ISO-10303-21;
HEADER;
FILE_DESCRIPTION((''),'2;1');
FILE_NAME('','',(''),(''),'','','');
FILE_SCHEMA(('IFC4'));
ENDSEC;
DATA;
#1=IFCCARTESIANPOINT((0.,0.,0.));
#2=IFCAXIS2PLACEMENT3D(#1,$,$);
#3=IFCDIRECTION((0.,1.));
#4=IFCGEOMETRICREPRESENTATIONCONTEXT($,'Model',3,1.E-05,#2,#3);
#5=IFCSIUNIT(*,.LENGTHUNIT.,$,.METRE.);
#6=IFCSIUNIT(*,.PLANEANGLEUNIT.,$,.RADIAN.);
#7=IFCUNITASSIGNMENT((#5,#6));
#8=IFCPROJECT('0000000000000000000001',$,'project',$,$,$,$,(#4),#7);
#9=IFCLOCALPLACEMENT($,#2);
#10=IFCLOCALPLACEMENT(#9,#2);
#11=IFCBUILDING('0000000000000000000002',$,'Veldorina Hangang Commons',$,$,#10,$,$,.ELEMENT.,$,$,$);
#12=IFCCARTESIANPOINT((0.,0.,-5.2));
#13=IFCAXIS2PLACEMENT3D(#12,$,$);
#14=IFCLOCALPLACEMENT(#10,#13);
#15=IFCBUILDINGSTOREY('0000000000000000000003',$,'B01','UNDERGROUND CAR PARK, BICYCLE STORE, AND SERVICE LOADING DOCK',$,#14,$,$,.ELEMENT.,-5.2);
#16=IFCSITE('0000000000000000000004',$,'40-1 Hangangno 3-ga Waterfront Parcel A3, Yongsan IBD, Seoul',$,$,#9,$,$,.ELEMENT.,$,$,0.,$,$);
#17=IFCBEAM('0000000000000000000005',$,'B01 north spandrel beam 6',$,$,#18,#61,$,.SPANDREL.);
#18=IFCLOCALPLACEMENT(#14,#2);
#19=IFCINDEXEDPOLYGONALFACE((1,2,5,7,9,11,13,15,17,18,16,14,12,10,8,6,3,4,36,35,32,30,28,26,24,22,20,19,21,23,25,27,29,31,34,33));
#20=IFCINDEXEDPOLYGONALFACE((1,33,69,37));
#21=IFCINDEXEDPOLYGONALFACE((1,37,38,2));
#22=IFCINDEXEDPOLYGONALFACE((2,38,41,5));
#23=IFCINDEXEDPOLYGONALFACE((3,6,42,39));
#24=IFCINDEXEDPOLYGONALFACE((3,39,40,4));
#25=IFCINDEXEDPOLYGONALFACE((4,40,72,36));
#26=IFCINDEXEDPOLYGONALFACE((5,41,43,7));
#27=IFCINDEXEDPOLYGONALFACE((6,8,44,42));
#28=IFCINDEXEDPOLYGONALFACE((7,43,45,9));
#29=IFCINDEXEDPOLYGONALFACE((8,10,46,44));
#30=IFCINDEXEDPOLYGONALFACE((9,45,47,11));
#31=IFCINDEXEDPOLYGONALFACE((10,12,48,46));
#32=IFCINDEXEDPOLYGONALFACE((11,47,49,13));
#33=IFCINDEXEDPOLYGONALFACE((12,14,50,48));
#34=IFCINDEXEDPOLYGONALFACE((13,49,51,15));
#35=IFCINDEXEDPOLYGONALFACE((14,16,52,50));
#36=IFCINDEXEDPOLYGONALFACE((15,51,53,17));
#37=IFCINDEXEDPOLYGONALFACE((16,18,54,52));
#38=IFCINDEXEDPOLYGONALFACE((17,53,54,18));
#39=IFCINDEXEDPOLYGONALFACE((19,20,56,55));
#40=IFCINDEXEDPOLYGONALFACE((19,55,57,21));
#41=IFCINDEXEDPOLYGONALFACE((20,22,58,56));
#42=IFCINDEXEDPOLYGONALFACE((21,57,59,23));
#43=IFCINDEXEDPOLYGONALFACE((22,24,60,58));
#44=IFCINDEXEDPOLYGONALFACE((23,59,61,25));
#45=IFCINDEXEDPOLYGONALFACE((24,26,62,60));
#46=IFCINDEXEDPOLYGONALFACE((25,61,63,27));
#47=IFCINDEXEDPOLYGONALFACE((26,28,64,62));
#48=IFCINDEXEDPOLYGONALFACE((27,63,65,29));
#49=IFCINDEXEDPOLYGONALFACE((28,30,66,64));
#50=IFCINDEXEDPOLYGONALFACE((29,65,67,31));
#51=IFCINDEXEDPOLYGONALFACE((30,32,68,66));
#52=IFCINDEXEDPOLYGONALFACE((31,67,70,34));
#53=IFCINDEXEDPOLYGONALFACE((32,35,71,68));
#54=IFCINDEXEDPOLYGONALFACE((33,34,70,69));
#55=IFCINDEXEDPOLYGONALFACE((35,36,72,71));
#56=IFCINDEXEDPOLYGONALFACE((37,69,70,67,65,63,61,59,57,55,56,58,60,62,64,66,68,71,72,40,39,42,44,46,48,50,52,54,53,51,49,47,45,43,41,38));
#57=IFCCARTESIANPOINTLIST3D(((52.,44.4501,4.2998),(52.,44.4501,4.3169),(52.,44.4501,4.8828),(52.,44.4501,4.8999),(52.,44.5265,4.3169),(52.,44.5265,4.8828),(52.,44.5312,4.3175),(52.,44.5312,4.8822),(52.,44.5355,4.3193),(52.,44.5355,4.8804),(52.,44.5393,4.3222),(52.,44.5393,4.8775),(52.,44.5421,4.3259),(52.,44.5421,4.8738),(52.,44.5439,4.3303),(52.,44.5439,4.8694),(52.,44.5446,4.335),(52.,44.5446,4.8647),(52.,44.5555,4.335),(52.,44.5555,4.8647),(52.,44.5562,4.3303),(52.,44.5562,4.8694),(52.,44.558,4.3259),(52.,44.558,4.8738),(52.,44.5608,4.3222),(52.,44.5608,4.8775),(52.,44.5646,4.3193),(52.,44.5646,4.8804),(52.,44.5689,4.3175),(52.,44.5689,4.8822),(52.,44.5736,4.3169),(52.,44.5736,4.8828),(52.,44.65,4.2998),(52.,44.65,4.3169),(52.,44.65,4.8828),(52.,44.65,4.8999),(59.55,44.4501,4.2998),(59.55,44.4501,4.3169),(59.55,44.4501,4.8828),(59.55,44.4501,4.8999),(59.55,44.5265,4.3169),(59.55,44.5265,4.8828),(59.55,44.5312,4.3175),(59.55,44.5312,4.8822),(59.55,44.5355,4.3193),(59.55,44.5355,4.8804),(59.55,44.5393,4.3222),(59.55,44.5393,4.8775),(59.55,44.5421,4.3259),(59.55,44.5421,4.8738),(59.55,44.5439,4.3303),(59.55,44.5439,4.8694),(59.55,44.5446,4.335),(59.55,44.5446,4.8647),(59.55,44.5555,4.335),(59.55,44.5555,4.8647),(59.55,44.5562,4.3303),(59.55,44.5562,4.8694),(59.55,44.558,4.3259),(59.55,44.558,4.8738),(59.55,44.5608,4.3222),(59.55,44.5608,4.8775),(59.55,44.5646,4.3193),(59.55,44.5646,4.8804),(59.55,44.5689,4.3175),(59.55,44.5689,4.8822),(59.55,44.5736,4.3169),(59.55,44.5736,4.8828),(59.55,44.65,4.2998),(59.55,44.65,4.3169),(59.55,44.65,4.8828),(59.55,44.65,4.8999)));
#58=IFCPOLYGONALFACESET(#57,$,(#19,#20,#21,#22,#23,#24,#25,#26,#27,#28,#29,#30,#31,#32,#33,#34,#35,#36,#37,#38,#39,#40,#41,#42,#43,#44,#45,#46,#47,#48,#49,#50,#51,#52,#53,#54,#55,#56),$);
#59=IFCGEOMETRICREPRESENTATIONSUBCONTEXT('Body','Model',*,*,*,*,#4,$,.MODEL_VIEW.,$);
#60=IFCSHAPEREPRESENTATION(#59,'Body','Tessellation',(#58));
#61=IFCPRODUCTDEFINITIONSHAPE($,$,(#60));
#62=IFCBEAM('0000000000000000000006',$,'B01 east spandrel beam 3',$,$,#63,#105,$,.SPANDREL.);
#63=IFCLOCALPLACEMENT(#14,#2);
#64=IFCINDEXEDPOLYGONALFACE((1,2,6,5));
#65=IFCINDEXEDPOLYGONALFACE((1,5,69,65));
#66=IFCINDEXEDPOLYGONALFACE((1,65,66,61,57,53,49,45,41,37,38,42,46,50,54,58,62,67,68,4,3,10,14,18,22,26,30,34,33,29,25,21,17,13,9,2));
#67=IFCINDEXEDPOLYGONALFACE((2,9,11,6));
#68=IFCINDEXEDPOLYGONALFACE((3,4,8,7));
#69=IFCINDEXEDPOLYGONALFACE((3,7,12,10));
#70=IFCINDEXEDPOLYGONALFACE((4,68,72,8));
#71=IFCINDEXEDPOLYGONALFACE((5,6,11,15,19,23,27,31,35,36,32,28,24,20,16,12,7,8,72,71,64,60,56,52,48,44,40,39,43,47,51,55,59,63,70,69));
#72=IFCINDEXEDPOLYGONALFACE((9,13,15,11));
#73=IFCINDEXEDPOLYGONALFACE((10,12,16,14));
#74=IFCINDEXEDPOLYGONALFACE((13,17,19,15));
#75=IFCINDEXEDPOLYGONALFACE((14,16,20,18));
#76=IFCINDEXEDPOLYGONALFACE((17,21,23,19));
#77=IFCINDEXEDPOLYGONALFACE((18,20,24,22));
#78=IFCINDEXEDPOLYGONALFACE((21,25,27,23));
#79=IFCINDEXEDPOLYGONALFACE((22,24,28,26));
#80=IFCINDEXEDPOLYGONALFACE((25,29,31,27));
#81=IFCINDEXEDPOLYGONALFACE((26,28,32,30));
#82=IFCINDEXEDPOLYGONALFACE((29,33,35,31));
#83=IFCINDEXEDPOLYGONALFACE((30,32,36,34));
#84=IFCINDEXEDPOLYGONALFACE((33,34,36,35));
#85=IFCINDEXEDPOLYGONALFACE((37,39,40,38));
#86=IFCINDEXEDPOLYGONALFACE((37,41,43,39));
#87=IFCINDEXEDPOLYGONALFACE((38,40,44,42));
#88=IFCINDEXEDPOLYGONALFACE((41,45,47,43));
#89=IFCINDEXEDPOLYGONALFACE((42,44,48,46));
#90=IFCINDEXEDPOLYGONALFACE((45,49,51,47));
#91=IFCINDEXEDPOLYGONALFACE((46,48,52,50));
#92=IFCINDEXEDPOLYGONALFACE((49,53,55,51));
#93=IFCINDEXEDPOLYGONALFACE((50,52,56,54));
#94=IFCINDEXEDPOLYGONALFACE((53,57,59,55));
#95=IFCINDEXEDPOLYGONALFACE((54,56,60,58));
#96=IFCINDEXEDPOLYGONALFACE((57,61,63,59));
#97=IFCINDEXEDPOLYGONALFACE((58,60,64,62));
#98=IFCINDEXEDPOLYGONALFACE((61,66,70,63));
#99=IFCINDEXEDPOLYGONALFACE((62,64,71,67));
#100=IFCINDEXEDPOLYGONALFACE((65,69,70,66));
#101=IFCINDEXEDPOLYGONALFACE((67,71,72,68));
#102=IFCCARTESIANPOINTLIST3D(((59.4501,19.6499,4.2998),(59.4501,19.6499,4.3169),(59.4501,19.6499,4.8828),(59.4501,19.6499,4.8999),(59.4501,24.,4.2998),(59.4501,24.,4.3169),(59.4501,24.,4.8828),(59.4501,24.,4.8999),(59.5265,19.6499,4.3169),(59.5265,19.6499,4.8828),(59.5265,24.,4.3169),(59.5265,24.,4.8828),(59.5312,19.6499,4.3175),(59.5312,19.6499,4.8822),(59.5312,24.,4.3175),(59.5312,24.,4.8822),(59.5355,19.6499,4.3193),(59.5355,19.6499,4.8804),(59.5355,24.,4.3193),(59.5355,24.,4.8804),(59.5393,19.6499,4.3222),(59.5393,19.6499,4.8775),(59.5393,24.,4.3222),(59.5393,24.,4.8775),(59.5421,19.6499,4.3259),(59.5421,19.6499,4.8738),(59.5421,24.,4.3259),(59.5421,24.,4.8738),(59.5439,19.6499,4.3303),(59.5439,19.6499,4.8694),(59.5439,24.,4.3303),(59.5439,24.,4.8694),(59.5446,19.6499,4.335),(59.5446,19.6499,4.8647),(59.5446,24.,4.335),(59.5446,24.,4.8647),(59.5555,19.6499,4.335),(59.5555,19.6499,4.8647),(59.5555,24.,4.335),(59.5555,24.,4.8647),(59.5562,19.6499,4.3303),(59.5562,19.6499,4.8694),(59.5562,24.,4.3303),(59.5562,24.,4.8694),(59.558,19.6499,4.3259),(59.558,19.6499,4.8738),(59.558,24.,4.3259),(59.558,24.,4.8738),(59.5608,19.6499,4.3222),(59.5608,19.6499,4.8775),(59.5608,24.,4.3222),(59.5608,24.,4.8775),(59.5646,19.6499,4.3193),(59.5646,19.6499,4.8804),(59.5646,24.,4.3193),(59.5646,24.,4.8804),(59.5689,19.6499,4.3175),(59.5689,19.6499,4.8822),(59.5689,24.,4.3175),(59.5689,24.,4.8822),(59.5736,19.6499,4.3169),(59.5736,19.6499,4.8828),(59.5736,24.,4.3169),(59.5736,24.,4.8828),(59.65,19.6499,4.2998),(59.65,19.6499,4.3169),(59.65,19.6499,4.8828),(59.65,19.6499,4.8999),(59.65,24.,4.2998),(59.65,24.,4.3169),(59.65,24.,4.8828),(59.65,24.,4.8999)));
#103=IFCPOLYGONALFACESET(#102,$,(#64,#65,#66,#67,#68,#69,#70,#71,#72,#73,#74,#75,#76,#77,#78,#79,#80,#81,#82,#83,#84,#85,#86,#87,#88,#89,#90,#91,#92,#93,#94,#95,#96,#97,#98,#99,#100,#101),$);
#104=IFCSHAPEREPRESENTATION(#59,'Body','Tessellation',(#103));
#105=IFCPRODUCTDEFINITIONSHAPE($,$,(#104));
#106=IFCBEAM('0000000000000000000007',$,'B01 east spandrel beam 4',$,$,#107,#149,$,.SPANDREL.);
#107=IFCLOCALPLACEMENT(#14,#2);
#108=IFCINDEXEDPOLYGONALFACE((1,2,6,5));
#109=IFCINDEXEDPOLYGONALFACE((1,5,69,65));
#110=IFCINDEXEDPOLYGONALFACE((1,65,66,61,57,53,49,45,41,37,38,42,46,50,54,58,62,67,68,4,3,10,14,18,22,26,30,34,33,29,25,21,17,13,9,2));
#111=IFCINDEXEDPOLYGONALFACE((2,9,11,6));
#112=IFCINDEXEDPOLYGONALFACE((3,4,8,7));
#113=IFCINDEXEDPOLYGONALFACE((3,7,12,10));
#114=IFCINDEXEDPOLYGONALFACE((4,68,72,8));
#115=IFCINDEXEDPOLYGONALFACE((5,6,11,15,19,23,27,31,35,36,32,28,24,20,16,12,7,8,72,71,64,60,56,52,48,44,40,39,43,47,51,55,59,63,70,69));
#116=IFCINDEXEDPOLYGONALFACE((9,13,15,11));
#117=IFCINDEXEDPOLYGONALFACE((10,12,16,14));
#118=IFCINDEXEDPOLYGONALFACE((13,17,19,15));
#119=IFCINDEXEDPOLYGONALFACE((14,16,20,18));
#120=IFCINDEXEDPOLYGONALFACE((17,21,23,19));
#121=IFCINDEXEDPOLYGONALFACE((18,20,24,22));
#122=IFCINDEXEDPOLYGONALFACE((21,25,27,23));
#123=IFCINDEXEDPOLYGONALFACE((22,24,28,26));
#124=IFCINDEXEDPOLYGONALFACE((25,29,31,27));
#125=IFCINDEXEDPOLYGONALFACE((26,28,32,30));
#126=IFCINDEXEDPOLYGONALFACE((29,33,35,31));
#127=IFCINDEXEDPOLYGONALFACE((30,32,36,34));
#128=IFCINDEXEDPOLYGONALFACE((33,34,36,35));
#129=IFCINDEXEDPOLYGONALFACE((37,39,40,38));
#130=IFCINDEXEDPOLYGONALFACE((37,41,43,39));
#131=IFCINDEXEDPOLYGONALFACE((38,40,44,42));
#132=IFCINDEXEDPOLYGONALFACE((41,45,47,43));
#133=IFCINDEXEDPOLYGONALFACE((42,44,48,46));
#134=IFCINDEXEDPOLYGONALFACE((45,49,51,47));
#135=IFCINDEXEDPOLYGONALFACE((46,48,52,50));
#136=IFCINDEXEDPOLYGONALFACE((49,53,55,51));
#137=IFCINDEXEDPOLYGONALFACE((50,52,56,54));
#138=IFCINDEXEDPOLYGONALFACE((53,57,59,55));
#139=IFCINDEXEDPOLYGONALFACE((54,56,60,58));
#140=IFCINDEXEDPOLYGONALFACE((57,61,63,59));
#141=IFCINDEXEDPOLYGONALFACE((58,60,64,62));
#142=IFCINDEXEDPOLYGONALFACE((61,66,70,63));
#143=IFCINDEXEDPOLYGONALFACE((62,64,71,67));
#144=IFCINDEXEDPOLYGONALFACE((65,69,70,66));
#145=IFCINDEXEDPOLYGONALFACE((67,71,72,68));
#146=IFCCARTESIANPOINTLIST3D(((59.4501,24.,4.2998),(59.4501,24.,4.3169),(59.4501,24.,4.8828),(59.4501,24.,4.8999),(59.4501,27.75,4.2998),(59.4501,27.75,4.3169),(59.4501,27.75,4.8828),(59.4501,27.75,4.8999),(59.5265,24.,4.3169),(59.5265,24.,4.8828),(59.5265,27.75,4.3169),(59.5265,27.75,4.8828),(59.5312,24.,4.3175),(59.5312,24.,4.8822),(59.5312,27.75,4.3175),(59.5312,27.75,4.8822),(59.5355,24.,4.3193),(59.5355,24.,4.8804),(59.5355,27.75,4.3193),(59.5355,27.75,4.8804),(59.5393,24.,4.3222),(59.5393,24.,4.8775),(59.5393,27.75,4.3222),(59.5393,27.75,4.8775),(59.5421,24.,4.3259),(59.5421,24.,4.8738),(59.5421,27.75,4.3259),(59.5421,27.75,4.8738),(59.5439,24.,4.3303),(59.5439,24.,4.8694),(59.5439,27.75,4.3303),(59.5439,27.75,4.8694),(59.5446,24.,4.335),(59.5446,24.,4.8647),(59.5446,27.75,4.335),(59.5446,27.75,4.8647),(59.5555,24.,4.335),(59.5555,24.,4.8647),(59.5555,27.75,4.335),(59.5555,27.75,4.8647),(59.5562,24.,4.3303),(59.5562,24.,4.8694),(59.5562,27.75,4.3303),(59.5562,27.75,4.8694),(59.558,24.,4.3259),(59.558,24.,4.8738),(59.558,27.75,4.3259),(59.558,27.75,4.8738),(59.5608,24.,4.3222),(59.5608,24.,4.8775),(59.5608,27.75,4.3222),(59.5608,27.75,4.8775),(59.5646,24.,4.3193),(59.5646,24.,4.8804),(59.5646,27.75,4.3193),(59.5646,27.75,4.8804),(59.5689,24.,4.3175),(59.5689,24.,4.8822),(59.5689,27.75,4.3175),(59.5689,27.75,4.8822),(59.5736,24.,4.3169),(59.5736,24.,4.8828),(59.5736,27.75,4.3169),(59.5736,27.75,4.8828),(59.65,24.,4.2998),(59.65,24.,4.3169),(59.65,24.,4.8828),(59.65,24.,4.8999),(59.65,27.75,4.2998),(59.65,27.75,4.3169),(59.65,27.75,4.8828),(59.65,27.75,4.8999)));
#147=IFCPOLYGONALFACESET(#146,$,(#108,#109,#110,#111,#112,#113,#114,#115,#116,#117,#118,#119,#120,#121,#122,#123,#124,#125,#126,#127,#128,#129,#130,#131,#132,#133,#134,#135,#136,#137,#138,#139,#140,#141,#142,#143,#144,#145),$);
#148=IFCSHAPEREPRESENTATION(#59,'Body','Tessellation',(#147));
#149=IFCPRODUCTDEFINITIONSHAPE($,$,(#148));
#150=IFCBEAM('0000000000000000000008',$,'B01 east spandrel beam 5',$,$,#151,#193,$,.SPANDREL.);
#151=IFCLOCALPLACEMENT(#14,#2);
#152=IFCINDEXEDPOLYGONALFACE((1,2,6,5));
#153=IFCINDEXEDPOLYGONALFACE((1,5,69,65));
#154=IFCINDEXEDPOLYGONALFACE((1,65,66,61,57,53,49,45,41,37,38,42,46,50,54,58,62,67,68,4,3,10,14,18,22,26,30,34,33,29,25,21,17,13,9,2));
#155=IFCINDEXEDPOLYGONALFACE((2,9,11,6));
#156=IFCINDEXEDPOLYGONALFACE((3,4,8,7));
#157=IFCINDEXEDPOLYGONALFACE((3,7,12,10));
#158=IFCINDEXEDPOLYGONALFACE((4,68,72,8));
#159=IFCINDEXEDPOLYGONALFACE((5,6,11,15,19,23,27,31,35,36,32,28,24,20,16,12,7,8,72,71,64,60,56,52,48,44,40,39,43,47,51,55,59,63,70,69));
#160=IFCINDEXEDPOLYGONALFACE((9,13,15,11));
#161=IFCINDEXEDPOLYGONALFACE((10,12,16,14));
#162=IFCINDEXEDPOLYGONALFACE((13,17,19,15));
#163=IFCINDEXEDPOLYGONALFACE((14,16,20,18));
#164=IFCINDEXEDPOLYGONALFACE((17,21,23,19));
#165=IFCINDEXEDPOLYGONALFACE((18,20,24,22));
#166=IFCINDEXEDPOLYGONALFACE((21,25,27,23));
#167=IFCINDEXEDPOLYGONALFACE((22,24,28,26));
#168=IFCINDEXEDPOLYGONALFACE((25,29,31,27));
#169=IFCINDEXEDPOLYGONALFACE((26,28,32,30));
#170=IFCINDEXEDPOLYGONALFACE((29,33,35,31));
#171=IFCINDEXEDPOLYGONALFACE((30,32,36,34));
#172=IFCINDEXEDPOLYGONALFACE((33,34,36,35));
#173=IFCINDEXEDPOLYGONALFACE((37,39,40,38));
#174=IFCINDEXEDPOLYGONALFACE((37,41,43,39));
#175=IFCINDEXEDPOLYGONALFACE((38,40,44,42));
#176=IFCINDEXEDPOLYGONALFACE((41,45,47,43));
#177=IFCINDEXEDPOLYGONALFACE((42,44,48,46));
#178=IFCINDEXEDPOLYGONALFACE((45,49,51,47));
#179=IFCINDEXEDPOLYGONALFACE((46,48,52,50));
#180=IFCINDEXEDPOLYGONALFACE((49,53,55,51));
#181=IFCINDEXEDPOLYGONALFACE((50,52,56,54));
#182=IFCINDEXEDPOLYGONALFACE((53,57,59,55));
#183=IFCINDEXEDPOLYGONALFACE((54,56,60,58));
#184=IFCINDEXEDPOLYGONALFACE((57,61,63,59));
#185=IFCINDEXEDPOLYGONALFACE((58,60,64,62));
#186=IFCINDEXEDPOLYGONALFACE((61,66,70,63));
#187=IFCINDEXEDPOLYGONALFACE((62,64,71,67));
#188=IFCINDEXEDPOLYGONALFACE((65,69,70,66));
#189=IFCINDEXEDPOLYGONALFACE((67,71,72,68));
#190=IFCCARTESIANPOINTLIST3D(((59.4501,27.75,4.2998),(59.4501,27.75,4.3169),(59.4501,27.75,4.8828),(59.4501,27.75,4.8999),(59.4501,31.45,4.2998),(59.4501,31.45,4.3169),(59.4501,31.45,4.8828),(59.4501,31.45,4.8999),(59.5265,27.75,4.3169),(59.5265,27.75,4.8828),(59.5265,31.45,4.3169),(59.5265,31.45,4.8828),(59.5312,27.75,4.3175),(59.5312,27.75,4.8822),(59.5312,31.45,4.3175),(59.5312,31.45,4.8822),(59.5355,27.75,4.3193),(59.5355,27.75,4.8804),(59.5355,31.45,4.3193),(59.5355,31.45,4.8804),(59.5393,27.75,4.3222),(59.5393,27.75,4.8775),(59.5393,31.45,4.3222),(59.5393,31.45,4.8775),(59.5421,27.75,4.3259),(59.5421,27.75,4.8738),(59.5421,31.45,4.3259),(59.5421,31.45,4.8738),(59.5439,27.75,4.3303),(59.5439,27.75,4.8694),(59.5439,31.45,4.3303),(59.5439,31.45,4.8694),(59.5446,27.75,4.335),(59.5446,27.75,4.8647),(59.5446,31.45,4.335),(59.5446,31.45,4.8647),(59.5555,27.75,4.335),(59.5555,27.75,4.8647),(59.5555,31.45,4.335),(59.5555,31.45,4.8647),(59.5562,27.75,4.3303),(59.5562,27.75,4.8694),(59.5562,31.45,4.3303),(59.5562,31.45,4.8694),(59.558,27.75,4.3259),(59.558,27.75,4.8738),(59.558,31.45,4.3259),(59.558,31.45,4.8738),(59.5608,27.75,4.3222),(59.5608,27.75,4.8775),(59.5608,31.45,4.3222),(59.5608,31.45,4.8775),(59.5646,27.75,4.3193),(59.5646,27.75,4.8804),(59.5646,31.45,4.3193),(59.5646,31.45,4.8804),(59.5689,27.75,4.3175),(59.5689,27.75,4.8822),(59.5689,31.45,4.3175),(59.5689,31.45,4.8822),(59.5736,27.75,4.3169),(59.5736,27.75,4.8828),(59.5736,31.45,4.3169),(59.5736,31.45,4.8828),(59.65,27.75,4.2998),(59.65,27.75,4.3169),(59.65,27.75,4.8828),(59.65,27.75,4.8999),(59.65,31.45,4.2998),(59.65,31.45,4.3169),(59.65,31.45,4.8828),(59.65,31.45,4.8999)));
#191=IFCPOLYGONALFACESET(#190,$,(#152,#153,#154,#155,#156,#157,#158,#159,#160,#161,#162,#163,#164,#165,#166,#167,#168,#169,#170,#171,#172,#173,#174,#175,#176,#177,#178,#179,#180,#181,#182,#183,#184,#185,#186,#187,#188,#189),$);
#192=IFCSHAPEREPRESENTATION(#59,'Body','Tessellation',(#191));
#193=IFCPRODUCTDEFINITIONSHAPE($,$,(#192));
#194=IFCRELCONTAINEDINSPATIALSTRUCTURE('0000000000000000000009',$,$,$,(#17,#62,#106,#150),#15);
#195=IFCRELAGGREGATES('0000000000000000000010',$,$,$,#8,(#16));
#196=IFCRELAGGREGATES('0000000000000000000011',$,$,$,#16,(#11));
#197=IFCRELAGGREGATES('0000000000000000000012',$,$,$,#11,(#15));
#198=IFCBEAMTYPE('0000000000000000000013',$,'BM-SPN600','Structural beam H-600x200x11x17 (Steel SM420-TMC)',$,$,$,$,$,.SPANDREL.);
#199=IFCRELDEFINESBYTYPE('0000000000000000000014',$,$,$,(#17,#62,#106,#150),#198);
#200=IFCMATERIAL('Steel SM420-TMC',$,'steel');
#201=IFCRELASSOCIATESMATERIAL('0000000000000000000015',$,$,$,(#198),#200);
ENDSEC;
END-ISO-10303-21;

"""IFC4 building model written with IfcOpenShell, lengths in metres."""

from ifc_helpers import new_model, si_unit, direction, frame, origin, origin_2d, place, context, subcontext, project, spatial, i_section, extrude, material, material_profile, profile_set, type_object, element, save


model = new_model("IFC4")

# Units and contexts
model_context = context("Model", 3, precision=1e-05, world=origin(), true_north=direction((0.0, 1.0)))
body_context = subcontext(model_context, "Body", "Model", "MODEL_VIEW")
ifc_project = project(units=[si_unit("LENGTHUNIT", "METRE"), si_unit("PLANEANGLEUNIT", "RADIAN")], contexts=[model_context])

# Site, building, storey
site_placement = place(None, origin())
site = spatial("IfcSite", under=ifc_project, at=site_placement, Name="40-1 Hangangno 3-ga Waterfront Parcel A3, Yongsan IBD, Seoul", CompositionType="ELEMENT", RefElevation=0.0)
building_placement = place(site_placement, origin())
building = spatial("IfcBuilding", under=site, at=building_placement, Name="Veldorina Hangang Commons", CompositionType="ELEMENT")
storey_placement = place(building_placement, frame((0.0, 0.0, -5.2)))
storey = spatial("IfcBuildingStorey", under=building, at=storey_placement, Name="B01", Description="UNDERGROUND CAR PARK, BICYCLE STORE, AND SERVICE LOADING DOCK", CompositionType="ELEMENT", Elevation=-5.2)

# Beams
ifc_material_1 = material(Name="Steel SM420-TMC", Category="steel")
ifc_material_profile_1 = material_profile(ifc_material_1, i_section(OverallWidth=0.2, OverallDepth=0.6001, WebThickness=0.011, FlangeThickness=0.0171, FilletRadius=0.0181, at=origin_2d()), Name="H-600x200x11x17")
ifc_profile_set_1 = profile_set([ifc_material_profile_1], Name="Steel SM420-TMC")
beam_type_1 = type_object("IfcBeamType", Name="BM-SPN600", Description="Structural beam H-600x200x11x17 (Steel SM420-TMC)", PredefinedType="SPANDREL", material=ifc_profile_set_1)
beam_1_placement = place(storey_placement, frame((52.0, 44.55, 4.5999), z_axis=(1.0, 0.0, 0.0), x_axis=(0.0, 1.0, 0.0)))
element("IfcBeam", 1, at=beam_1_placement, inside=storey, type_object=beam_type_1, Name="B01 north spandrel beam 6", PredefinedType="SPANDREL", context=body_context, shape_type="SweptSolid", body=[
    extrude(i_section(OverallWidth=0.2, OverallDepth=0.6001, WebThickness=0.011, FlangeThickness=0.0171, FilletRadius=0.0181, at=origin_2d()), origin(), (0.0, 0.0, 1.0), 7.55),
])
beam_2_placement = place(storey_placement, frame((59.55, 19.6499, 4.5999), z_axis=(0.0, 1.0, 0.0), x_axis=(-1.0, 0.0, 0.0)))
element("IfcBeam", 2, at=beam_2_placement, inside=storey, type_object=beam_type_1, Name="B01 east spandrel beam 3", PredefinedType="SPANDREL", context=body_context, shape_type="SweptSolid", body=[
    extrude(i_section(OverallWidth=0.2, OverallDepth=0.6001, WebThickness=0.011, FlangeThickness=0.0171, FilletRadius=0.0181, at=origin_2d()), origin(), (0.0, 0.0, 1.0), 4.3501),
])
beam_3_placement = place(storey_placement, frame((59.55, 24.0, 4.5999), z_axis=(0.0, 1.0, 0.0), x_axis=(-1.0, 0.0, 0.0)))
element("IfcBeam", 3, at=beam_3_placement, inside=storey, type_object=beam_type_1, Name="B01 east spandrel beam 4", PredefinedType="SPANDREL", context=body_context, shape_type="SweptSolid", body=[
    extrude(i_section(OverallWidth=0.2, OverallDepth=0.6001, WebThickness=0.011, FlangeThickness=0.0171, FilletRadius=0.0181, at=origin_2d()), origin(), (0.0, 0.0, 1.0), 3.75),
])
beam_4_placement = place(storey_placement, frame((59.55, 27.75, 4.5999), z_axis=(0.0, 1.0, 0.0), x_axis=(-1.0, 0.0, 0.0)))
element("IfcBeam", 4, at=beam_4_placement, inside=storey, type_object=beam_type_1, Name="B01 east spandrel beam 5", PredefinedType="SPANDREL", context=body_context, shape_type="SweptSolid", body=[
    extrude(i_section(OverallWidth=0.2, OverallDepth=0.6001, WebThickness=0.011, FlangeThickness=0.0171, FilletRadius=0.0181, at=origin_2d()), origin(), (0.0, 0.0, 1.0), 3.7),
])

save(model, "model.ifc")
